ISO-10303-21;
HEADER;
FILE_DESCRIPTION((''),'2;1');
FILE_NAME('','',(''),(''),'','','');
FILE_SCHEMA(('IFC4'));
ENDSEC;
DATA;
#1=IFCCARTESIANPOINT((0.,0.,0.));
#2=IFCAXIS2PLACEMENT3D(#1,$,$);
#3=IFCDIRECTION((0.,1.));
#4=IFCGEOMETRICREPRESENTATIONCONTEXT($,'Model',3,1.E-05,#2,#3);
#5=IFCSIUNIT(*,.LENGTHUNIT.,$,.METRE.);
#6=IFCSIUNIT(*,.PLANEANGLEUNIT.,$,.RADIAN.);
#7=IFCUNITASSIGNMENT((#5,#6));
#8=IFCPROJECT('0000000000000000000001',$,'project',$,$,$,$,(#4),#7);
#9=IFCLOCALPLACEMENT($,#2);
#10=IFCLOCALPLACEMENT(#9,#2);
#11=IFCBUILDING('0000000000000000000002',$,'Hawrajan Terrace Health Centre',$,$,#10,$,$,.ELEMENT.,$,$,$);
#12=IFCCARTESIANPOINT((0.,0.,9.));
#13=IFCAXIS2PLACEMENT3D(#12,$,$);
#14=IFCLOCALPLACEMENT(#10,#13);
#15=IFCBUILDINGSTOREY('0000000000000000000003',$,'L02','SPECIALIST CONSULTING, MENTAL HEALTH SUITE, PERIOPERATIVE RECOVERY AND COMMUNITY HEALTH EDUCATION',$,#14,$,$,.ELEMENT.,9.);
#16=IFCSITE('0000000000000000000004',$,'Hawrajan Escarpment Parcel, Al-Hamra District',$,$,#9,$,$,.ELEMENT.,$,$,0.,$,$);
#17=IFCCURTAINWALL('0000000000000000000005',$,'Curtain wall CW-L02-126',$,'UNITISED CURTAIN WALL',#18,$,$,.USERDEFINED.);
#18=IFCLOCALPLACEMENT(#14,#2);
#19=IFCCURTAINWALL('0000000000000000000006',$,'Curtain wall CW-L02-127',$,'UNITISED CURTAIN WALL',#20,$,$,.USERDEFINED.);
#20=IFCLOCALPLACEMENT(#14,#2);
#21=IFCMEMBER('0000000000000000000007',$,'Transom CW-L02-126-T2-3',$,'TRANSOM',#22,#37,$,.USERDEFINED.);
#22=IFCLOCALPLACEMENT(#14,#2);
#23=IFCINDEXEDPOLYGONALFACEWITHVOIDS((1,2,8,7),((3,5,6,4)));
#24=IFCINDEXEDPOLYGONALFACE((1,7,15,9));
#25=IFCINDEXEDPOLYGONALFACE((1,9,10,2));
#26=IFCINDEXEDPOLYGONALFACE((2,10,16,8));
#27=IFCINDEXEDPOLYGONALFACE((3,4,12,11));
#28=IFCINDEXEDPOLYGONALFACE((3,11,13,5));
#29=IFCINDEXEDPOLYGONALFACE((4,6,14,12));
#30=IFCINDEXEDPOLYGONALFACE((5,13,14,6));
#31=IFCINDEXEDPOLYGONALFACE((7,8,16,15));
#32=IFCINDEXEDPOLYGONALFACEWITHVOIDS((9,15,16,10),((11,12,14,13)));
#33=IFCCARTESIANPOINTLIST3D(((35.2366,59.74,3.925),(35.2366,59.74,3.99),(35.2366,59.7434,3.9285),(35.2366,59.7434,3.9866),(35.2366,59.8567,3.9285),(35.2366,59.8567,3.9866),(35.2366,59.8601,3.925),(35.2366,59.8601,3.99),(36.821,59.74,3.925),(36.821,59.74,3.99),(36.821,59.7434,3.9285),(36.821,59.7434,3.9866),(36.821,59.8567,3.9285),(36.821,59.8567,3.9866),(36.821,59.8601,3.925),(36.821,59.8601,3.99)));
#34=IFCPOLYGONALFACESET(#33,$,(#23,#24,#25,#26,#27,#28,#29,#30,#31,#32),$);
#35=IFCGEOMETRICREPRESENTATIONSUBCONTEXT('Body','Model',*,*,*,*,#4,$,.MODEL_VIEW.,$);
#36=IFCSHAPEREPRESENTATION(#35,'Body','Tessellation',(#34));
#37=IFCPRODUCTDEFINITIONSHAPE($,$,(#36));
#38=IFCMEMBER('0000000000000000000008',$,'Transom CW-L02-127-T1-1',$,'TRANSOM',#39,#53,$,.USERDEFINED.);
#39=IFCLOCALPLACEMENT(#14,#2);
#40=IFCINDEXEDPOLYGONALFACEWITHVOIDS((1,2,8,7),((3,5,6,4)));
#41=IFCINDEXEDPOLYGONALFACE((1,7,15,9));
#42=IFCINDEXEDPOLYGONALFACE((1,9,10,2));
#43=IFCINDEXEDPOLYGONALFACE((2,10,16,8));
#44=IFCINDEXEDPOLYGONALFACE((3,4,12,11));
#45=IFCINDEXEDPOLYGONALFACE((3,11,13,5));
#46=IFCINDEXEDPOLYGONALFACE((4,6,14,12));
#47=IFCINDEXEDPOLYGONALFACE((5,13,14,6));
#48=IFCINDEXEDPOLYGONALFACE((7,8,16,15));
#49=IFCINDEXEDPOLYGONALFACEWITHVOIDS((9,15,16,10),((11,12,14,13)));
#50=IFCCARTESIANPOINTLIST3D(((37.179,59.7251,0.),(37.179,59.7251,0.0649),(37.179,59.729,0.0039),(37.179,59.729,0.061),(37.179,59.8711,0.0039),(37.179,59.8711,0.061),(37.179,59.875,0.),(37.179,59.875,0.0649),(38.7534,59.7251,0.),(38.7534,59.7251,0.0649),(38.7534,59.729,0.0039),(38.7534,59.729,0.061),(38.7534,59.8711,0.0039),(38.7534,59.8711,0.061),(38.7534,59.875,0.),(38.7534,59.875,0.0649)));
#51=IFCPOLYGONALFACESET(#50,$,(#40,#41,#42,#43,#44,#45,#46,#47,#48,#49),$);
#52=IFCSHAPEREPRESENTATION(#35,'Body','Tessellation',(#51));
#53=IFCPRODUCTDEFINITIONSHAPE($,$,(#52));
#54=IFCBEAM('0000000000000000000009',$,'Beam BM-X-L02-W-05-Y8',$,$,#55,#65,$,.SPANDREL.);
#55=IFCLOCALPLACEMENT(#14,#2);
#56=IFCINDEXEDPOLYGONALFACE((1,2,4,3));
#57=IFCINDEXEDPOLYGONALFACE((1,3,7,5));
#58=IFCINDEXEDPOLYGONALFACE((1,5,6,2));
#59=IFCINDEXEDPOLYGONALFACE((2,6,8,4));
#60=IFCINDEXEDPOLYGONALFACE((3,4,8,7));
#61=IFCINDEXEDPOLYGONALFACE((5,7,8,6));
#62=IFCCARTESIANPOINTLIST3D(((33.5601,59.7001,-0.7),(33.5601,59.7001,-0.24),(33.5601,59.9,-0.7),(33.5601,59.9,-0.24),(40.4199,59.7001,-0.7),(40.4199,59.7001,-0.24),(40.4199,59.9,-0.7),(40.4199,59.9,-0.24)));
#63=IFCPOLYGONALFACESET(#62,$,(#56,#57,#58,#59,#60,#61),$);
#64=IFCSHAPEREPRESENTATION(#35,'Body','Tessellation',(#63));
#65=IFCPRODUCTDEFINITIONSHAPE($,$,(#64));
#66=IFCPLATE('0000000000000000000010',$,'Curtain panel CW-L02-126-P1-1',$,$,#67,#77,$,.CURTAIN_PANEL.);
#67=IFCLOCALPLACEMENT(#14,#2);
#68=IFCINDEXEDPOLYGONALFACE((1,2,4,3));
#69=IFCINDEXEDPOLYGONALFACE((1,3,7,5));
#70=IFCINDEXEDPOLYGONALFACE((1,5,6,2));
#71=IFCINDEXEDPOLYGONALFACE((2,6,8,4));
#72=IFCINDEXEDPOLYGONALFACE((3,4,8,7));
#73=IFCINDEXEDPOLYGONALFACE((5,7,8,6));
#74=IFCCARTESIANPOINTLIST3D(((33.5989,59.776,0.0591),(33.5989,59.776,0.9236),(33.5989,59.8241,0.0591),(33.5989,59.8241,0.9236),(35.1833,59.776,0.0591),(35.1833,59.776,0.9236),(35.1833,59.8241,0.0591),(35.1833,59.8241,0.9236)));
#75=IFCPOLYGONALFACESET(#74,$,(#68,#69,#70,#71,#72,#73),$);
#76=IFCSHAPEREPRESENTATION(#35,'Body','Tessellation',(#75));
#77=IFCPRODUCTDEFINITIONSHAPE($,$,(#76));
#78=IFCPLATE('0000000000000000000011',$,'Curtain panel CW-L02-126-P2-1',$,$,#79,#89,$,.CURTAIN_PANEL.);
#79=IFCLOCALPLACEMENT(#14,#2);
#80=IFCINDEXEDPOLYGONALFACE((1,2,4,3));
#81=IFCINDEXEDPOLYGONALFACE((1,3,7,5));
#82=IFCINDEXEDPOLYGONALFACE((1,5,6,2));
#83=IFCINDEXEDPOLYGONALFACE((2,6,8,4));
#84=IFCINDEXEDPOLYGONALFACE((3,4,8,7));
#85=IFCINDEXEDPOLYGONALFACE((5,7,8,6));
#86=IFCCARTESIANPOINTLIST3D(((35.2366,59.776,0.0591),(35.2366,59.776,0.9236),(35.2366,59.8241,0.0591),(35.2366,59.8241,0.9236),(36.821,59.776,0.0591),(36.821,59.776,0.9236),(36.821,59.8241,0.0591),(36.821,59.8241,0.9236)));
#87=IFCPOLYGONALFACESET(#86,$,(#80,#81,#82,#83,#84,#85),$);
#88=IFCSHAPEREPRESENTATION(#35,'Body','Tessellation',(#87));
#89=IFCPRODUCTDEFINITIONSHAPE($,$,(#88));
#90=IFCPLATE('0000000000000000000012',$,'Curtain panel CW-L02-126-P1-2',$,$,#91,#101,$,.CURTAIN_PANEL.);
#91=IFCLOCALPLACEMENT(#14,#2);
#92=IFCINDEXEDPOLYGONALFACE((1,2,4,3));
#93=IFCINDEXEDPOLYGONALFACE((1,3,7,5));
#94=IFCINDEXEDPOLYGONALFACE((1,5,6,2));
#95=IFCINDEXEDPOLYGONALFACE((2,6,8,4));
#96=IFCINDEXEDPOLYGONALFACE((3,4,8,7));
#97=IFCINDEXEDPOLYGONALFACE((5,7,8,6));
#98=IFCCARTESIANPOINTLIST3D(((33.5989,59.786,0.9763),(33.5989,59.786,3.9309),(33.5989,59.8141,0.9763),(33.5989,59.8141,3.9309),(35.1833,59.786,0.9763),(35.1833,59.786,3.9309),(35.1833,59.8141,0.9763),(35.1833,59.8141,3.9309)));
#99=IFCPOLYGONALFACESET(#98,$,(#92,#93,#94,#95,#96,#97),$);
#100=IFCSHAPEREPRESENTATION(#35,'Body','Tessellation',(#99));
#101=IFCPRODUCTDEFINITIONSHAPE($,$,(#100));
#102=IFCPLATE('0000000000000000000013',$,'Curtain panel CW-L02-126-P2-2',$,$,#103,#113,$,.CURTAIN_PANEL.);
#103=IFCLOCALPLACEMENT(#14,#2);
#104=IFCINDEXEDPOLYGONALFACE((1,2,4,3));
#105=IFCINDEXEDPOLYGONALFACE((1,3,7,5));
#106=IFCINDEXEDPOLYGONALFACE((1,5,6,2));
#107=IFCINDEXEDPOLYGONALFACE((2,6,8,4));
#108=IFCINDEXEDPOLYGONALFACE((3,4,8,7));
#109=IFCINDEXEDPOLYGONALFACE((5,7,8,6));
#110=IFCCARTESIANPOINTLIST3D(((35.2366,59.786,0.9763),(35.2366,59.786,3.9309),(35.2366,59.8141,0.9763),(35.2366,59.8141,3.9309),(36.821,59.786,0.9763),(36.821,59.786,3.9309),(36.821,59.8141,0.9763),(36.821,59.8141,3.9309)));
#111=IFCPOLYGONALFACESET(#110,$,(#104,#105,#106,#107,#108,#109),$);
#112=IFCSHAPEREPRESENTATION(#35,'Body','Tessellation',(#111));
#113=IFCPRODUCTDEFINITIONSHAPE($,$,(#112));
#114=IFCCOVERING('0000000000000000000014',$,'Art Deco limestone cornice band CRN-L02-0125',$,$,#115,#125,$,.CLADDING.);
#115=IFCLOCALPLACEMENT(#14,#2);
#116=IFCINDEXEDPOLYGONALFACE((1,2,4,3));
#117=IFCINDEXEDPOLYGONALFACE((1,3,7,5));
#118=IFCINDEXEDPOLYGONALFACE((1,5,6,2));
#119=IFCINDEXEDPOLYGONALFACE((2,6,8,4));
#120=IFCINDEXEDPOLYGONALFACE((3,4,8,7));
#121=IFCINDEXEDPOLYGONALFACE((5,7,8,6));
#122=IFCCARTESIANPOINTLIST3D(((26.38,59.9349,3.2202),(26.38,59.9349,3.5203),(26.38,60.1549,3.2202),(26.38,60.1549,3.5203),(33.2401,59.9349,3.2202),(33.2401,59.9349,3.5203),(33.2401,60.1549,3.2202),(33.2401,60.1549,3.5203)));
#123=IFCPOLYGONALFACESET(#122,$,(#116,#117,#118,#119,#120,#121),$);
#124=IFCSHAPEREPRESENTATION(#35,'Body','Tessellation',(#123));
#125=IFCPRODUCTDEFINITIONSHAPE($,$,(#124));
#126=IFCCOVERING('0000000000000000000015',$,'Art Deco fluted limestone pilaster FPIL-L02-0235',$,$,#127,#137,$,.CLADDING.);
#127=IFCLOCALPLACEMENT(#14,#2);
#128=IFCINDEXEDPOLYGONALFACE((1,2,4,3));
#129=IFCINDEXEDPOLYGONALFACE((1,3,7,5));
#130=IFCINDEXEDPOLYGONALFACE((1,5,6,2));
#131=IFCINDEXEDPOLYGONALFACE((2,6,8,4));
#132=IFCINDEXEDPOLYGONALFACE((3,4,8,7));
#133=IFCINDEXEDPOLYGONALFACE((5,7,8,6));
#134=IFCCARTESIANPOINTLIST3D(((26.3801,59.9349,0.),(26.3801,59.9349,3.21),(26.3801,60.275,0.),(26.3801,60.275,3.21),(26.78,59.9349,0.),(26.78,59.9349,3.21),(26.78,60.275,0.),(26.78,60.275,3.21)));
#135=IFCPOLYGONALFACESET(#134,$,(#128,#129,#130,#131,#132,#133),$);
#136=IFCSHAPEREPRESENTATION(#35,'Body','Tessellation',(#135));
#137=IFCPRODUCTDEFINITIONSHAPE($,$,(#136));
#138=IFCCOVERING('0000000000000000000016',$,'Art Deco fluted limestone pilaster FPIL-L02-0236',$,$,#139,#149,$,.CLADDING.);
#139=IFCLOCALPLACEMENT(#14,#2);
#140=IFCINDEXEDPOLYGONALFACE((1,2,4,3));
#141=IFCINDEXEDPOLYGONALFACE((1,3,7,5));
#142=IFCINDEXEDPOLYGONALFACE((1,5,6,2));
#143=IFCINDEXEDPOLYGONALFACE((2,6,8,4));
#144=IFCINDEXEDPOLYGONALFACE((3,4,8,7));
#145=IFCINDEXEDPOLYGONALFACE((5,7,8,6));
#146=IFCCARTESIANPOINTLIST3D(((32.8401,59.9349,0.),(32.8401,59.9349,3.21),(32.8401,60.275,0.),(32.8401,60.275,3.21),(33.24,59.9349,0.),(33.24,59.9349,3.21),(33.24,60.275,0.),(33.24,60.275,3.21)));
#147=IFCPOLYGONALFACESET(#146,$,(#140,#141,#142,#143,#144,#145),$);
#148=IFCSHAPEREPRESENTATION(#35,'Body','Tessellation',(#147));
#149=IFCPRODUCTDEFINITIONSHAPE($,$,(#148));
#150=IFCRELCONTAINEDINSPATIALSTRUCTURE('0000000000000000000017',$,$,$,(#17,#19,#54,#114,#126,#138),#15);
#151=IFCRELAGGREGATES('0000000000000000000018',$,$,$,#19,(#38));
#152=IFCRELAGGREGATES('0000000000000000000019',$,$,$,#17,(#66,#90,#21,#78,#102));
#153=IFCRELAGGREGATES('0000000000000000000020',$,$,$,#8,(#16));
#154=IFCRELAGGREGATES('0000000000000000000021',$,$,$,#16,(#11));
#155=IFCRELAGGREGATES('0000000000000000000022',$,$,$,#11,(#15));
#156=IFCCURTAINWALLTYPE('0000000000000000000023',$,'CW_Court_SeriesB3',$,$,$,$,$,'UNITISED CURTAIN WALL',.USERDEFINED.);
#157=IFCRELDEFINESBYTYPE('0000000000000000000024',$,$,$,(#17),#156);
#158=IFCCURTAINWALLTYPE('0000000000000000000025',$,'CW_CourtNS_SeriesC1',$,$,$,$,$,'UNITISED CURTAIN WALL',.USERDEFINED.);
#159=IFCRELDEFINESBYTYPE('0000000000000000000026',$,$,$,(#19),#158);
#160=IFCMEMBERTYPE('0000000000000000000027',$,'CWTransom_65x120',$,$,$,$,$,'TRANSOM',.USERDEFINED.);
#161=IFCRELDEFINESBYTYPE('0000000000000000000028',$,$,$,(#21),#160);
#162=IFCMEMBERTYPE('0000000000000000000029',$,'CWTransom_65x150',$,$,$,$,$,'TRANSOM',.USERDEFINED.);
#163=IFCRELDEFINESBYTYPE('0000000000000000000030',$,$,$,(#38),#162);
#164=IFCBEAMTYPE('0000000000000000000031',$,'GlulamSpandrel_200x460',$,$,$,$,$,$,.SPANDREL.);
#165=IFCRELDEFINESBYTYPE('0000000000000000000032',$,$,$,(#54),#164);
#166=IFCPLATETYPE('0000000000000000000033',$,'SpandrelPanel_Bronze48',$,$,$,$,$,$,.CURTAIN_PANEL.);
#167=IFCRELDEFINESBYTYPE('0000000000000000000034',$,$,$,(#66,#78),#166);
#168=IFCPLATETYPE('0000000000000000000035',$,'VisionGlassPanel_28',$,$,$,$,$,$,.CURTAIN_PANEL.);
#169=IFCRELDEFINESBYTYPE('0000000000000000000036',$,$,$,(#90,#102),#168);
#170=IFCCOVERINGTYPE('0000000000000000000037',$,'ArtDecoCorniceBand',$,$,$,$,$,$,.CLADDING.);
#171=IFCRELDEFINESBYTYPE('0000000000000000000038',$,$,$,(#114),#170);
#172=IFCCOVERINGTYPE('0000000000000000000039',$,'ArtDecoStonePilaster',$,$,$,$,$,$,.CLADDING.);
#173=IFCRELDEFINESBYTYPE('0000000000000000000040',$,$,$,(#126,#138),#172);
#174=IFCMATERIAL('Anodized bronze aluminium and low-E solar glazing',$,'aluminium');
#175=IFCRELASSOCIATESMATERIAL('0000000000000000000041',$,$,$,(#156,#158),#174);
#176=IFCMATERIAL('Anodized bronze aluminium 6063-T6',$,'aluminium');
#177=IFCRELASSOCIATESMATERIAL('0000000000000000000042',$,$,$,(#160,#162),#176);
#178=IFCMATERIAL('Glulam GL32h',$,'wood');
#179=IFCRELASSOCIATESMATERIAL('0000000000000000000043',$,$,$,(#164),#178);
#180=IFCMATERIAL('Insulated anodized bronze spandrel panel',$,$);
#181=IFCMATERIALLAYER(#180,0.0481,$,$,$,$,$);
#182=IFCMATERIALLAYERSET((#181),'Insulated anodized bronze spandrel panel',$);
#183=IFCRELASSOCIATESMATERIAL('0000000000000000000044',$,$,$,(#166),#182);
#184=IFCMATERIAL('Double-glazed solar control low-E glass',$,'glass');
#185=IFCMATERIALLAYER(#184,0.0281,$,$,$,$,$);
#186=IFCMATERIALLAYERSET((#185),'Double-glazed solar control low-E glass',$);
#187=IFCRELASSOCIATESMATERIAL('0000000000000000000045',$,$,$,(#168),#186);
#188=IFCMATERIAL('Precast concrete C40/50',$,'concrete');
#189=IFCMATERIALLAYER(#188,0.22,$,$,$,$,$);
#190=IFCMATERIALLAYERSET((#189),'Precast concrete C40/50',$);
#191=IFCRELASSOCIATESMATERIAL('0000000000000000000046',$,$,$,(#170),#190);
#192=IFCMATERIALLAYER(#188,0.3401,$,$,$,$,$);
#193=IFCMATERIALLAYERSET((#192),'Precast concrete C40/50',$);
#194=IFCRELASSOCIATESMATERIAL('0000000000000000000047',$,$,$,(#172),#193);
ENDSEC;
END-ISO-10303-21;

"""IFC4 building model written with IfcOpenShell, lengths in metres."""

from ifc_helpers import new_model, si_unit, direction, frame, origin, origin_2d, place, context, subcontext, project, spatial, rectangle, hollow_rectangle, extrude, material, layer, layer_set, material_profile, profile_set, type_object, element, aggregate, save


model = new_model("IFC4")

# Units and contexts
model_context = context("Model", 3, precision=1e-05, world=origin(), true_north=direction((0.0, 1.0)))
body_context = subcontext(model_context, "Body", "Model", "MODEL_VIEW")
ifc_project = project(units=[si_unit("LENGTHUNIT", "METRE"), si_unit("PLANEANGLEUNIT", "RADIAN")], contexts=[model_context])

# Site, building, storey
site_placement = place(None, origin())
site = spatial("IfcSite", under=ifc_project, at=site_placement, Name="Hawrajan Escarpment Parcel, Al-Hamra District", CompositionType="ELEMENT", RefElevation=0.0)
building_placement = place(site_placement, origin())
building = spatial("IfcBuilding", under=site, at=building_placement, Name="Hawrajan Terrace Health Centre", CompositionType="ELEMENT")
storey_placement = place(building_placement, frame((0.0, 0.0, 9.0)))
storey = spatial("IfcBuildingStorey", under=building, at=storey_placement, Name="L02", Description="SPECIALIST CONSULTING, MENTAL HEALTH SUITE, PERIOPERATIVE RECOVERY AND COMMUNITY HEALTH EDUCATION", CompositionType="ELEMENT", Elevation=9.0)

# Shared definitions
ifc_material_1 = material(Name="Glulam GL32h", Category="wood")

# Curtain wall
ifc_material_2 = material(Name="Anodized bronze aluminium and low-E solar glazing", Category="aluminium")
curtain_wall_type_1 = type_object("IfcCurtainWallType", Name="CW_Court_SeriesB3", ElementType="UNITISED CURTAIN WALL", PredefinedType="USERDEFINED", material=ifc_material_2)
curtain_wall_1_placement = place(storey_placement, origin())
curtain_wall_1 = element("IfcCurtainWall", 1, at=curtain_wall_1_placement, inside=storey, type_object=curtain_wall_type_1, Name="Curtain wall CW-L02-126", ObjectType="UNITISED CURTAIN WALL", PredefinedType="USERDEFINED")
ifc_material_3 = material(Name="Anodized bronze aluminium 6063-T6", Category="aluminium")

# Curtain wall
curtain_wall_type_2 = type_object("IfcCurtainWallType", Name="CW_CourtNS_SeriesC1", ElementType="UNITISED CURTAIN WALL", PredefinedType="USERDEFINED", material=ifc_material_2)
curtain_wall_2_placement = place(storey_placement, origin())
curtain_wall_2 = element("IfcCurtainWall", 2, at=curtain_wall_2_placement, inside=storey, type_object=curtain_wall_type_2, Name="Curtain wall CW-L02-127", ObjectType="UNITISED CURTAIN WALL", PredefinedType="USERDEFINED")

# Members
ifc_material_profile_1 = material_profile(ifc_material_3, hollow_rectangle(XDim=0.0649, YDim=0.1201, WallThickness=0.0034, at=origin_2d()), Name="CW TRN 65x120")
ifc_profile_set_1 = profile_set([ifc_material_profile_1], Name="Anodized bronze aluminium 6063-T6")
member_type_1 = type_object("IfcMemberType", Name="CWTransom_65x120", ElementType="TRANSOM", PredefinedType="USERDEFINED", material=ifc_profile_set_1)
member_1_placement = place(storey_placement, frame((35.2366, 59.8, 3.9575), z_axis=(1.0, 0.0, 0.0), x_axis=(0.0, 0.0, 1.0)))
member_1 = element("IfcMember", 3, at=member_1_placement, type_object=member_type_1, Name="Transom CW-L02-126-T2-3", ObjectType="TRANSOM", PredefinedType="USERDEFINED", context=body_context, shape_type="SweptSolid", body=[
    extrude(hollow_rectangle(XDim=0.0649, YDim=0.1201, WallThickness=0.0034, at=origin_2d()), origin(), (0.0, 0.0, 1.0), 1.5845),
])
ifc_material_profile_2 = material_profile(ifc_material_3, hollow_rectangle(XDim=0.0649, YDim=0.1499, WallThickness=0.0039, at=origin_2d()), Name="CW TRN 65x150")
ifc_profile_set_2 = profile_set([ifc_material_profile_2], Name="Anodized bronze aluminium 6063-T6")
member_type_2 = type_object("IfcMemberType", Name="CWTransom_65x150", ElementType="TRANSOM", PredefinedType="USERDEFINED", material=ifc_profile_set_2)
member_2_placement = place(storey_placement, frame((37.179, 59.8, 0.0325), z_axis=(1.0, 0.0, 0.0), x_axis=(0.0, 0.0, 1.0)))
member_2 = element("IfcMember", 4, at=member_2_placement, type_object=member_type_2, Name="Transom CW-L02-127-T1-1", ObjectType="TRANSOM", PredefinedType="USERDEFINED", context=body_context, shape_type="SweptSolid", body=[
    extrude(hollow_rectangle(XDim=0.0649, YDim=0.1499, WallThickness=0.0039, at=origin_2d()), origin(), (0.0, 0.0, 1.0), 1.5745),
])
aggregate(curtain_wall_2, [member_2])

# Beam
ifc_material_profile_3 = material_profile(ifc_material_1, rectangle(XDim=0.2, YDim=0.46, at=origin_2d()), Name="GL SP 200x460")
ifc_profile_set_3 = profile_set([ifc_material_profile_3], Name="Glulam GL32h")
beam_type = type_object("IfcBeamType", Name="GlulamSpandrel_200x460", PredefinedType="SPANDREL", material=ifc_profile_set_3)
beam_placement = place(storey_placement, frame((33.5601, 59.8, -0.47), z_axis=(1.0, 0.0, 0.0), x_axis=(0.0, 1.0, 0.0)))
element("IfcBeam", 5, at=beam_placement, inside=storey, type_object=beam_type, Name="Beam BM-X-L02-W-05-Y8", PredefinedType="SPANDREL", context=body_context, shape_type="SweptSolid", body=[
    extrude(rectangle(XDim=0.2, YDim=0.46, at=origin_2d()), origin(), (0.0, 0.0, 1.0), 6.8599),
])

# Plates
ifc_material_4 = material(Name="Insulated anodized bronze spandrel panel")
ifc_layer_1 = layer(ifc_material_4, 0.0481)
ifc_layer_set_1 = layer_set([ifc_layer_1], Name="Insulated anodized bronze spandrel panel")
plate_type_1 = type_object("IfcPlateType", Name="SpandrelPanel_Bronze48", PredefinedType="CURTAIN_PANEL", material=ifc_layer_set_1)
plate_1_placement = place(storey_placement, frame((34.3911, 59.8, 0.0591), z_axis=(0.0, 0.0, 1.0), x_axis=(1.0, 0.0, 0.0)))
plate_1 = element("IfcPlate", 6, at=plate_1_placement, type_object=plate_type_1, Name="Curtain panel CW-L02-126-P1-1", PredefinedType="CURTAIN_PANEL", context=body_context, shape_type="SweptSolid", body=[
    extrude(rectangle(XDim=1.5845, YDim=0.0481, at=origin_2d()), origin(), (0.0, 0.0, 1.0), 0.8645),
])
plate_2_placement = place(storey_placement, frame((36.0288, 59.8, 0.0591), z_axis=(0.0, 0.0, 1.0), x_axis=(1.0, 0.0, 0.0)))
plate_2 = element("IfcPlate", 7, at=plate_2_placement, type_object=plate_type_1, Name="Curtain panel CW-L02-126-P2-1", PredefinedType="CURTAIN_PANEL", context=body_context, shape_type="SweptSolid", body=[
    extrude(rectangle(XDim=1.5845, YDim=0.0481, at=origin_2d()), origin(), (0.0, 0.0, 1.0), 0.8645),
])
ifc_material_5 = material(Name="Double-glazed solar control low-E glass", Category="glass")
ifc_layer_2 = layer(ifc_material_5, 0.0281)
ifc_layer_set_2 = layer_set([ifc_layer_2], Name="Double-glazed solar control low-E glass")
plate_type_2 = type_object("IfcPlateType", Name="VisionGlassPanel_28", PredefinedType="CURTAIN_PANEL", material=ifc_layer_set_2)
plate_3_placement = place(storey_placement, frame((34.3911, 59.8, 0.9763), z_axis=(0.0, 0.0, 1.0), x_axis=(1.0, 0.0, 0.0)))
plate_3 = element("IfcPlate", 8, at=plate_3_placement, type_object=plate_type_2, Name="Curtain panel CW-L02-126-P1-2", PredefinedType="CURTAIN_PANEL", context=body_context, shape_type="SweptSolid", body=[
    extrude(rectangle(XDim=1.5845, YDim=0.0281, at=origin_2d()), origin(), (0.0, 0.0, 1.0), 2.9546),
])
plate_4_placement = place(storey_placement, frame((36.0288, 59.8, 0.9763), z_axis=(0.0, 0.0, 1.0), x_axis=(1.0, 0.0, 0.0)))
plate_4 = element("IfcPlate", 9, at=plate_4_placement, type_object=plate_type_2, Name="Curtain panel CW-L02-126-P2-2", PredefinedType="CURTAIN_PANEL", context=body_context, shape_type="SweptSolid", body=[
    extrude(rectangle(XDim=1.5845, YDim=0.0281, at=origin_2d()), origin(), (0.0, 0.0, 1.0), 2.9546),
])
aggregate(curtain_wall_1, [plate_1, plate_3, member_1, plate_2, plate_4])

# Coverings
ifc_material_6 = material(Name="Precast concrete C40/50", Category="concrete")
ifc_layer_3 = layer(ifc_material_6, 0.22)
ifc_layer_set_3 = layer_set([ifc_layer_3], Name="Precast concrete C40/50")
covering_type_1 = type_object("IfcCoveringType", Name="ArtDecoCorniceBand", PredefinedType="CLADDING", material=ifc_layer_set_3)
covering_placement = place(storey_placement, frame((29.8101, 60.0449, 3.2202), z_axis=(0.0, 0.0, 1.0), x_axis=(1.0, 0.0, 0.0)))
element("IfcCovering", 10, at=covering_placement, inside=storey, type_object=covering_type_1, Name="Art Deco limestone cornice band CRN-L02-0125", PredefinedType="CLADDING", context=body_context, shape_type="SweptSolid", body=[
    extrude(rectangle(XDim=6.8601, YDim=0.22, at=origin_2d()), origin(), (0.0, 0.0, 1.0), 0.3),
])
ifc_layer_4 = layer(ifc_material_6, 0.3401)
ifc_layer_set_4 = layer_set([ifc_layer_4], Name="Precast concrete C40/50")
covering_type_2 = type_object("IfcCoveringType", Name="ArtDecoStonePilaster", PredefinedType="CLADDING", material=ifc_layer_set_4)
for number, where, z_axis, x_axis, name in (
    (11, (26.5801, 60.105, 0.0), (0.0, 0.0, 1.0), (1.0, 0.0, 0.0), "Art Deco fluted limestone pilaster FPIL-L02-0235"),
    (12, (33.04, 60.105, 0.0), (0.0, 0.0, 1.0), (1.0, 0.0, 0.0), "Art Deco fluted limestone pilaster FPIL-L02-0236"),
):
    element("IfcCovering", number, at=place(storey_placement, frame(where, z_axis=z_axis, x_axis=x_axis)), inside=storey, type_object=covering_type_2, Name=name, PredefinedType="CLADDING", context=body_context, shape_type="SweptSolid", body=[
        extrude(rectangle(XDim=0.3999, YDim=0.3401, at=origin_2d()), origin(), (0.0, 0.0, 1.0), 3.21),
    ])

save(model, "model.ifc")
